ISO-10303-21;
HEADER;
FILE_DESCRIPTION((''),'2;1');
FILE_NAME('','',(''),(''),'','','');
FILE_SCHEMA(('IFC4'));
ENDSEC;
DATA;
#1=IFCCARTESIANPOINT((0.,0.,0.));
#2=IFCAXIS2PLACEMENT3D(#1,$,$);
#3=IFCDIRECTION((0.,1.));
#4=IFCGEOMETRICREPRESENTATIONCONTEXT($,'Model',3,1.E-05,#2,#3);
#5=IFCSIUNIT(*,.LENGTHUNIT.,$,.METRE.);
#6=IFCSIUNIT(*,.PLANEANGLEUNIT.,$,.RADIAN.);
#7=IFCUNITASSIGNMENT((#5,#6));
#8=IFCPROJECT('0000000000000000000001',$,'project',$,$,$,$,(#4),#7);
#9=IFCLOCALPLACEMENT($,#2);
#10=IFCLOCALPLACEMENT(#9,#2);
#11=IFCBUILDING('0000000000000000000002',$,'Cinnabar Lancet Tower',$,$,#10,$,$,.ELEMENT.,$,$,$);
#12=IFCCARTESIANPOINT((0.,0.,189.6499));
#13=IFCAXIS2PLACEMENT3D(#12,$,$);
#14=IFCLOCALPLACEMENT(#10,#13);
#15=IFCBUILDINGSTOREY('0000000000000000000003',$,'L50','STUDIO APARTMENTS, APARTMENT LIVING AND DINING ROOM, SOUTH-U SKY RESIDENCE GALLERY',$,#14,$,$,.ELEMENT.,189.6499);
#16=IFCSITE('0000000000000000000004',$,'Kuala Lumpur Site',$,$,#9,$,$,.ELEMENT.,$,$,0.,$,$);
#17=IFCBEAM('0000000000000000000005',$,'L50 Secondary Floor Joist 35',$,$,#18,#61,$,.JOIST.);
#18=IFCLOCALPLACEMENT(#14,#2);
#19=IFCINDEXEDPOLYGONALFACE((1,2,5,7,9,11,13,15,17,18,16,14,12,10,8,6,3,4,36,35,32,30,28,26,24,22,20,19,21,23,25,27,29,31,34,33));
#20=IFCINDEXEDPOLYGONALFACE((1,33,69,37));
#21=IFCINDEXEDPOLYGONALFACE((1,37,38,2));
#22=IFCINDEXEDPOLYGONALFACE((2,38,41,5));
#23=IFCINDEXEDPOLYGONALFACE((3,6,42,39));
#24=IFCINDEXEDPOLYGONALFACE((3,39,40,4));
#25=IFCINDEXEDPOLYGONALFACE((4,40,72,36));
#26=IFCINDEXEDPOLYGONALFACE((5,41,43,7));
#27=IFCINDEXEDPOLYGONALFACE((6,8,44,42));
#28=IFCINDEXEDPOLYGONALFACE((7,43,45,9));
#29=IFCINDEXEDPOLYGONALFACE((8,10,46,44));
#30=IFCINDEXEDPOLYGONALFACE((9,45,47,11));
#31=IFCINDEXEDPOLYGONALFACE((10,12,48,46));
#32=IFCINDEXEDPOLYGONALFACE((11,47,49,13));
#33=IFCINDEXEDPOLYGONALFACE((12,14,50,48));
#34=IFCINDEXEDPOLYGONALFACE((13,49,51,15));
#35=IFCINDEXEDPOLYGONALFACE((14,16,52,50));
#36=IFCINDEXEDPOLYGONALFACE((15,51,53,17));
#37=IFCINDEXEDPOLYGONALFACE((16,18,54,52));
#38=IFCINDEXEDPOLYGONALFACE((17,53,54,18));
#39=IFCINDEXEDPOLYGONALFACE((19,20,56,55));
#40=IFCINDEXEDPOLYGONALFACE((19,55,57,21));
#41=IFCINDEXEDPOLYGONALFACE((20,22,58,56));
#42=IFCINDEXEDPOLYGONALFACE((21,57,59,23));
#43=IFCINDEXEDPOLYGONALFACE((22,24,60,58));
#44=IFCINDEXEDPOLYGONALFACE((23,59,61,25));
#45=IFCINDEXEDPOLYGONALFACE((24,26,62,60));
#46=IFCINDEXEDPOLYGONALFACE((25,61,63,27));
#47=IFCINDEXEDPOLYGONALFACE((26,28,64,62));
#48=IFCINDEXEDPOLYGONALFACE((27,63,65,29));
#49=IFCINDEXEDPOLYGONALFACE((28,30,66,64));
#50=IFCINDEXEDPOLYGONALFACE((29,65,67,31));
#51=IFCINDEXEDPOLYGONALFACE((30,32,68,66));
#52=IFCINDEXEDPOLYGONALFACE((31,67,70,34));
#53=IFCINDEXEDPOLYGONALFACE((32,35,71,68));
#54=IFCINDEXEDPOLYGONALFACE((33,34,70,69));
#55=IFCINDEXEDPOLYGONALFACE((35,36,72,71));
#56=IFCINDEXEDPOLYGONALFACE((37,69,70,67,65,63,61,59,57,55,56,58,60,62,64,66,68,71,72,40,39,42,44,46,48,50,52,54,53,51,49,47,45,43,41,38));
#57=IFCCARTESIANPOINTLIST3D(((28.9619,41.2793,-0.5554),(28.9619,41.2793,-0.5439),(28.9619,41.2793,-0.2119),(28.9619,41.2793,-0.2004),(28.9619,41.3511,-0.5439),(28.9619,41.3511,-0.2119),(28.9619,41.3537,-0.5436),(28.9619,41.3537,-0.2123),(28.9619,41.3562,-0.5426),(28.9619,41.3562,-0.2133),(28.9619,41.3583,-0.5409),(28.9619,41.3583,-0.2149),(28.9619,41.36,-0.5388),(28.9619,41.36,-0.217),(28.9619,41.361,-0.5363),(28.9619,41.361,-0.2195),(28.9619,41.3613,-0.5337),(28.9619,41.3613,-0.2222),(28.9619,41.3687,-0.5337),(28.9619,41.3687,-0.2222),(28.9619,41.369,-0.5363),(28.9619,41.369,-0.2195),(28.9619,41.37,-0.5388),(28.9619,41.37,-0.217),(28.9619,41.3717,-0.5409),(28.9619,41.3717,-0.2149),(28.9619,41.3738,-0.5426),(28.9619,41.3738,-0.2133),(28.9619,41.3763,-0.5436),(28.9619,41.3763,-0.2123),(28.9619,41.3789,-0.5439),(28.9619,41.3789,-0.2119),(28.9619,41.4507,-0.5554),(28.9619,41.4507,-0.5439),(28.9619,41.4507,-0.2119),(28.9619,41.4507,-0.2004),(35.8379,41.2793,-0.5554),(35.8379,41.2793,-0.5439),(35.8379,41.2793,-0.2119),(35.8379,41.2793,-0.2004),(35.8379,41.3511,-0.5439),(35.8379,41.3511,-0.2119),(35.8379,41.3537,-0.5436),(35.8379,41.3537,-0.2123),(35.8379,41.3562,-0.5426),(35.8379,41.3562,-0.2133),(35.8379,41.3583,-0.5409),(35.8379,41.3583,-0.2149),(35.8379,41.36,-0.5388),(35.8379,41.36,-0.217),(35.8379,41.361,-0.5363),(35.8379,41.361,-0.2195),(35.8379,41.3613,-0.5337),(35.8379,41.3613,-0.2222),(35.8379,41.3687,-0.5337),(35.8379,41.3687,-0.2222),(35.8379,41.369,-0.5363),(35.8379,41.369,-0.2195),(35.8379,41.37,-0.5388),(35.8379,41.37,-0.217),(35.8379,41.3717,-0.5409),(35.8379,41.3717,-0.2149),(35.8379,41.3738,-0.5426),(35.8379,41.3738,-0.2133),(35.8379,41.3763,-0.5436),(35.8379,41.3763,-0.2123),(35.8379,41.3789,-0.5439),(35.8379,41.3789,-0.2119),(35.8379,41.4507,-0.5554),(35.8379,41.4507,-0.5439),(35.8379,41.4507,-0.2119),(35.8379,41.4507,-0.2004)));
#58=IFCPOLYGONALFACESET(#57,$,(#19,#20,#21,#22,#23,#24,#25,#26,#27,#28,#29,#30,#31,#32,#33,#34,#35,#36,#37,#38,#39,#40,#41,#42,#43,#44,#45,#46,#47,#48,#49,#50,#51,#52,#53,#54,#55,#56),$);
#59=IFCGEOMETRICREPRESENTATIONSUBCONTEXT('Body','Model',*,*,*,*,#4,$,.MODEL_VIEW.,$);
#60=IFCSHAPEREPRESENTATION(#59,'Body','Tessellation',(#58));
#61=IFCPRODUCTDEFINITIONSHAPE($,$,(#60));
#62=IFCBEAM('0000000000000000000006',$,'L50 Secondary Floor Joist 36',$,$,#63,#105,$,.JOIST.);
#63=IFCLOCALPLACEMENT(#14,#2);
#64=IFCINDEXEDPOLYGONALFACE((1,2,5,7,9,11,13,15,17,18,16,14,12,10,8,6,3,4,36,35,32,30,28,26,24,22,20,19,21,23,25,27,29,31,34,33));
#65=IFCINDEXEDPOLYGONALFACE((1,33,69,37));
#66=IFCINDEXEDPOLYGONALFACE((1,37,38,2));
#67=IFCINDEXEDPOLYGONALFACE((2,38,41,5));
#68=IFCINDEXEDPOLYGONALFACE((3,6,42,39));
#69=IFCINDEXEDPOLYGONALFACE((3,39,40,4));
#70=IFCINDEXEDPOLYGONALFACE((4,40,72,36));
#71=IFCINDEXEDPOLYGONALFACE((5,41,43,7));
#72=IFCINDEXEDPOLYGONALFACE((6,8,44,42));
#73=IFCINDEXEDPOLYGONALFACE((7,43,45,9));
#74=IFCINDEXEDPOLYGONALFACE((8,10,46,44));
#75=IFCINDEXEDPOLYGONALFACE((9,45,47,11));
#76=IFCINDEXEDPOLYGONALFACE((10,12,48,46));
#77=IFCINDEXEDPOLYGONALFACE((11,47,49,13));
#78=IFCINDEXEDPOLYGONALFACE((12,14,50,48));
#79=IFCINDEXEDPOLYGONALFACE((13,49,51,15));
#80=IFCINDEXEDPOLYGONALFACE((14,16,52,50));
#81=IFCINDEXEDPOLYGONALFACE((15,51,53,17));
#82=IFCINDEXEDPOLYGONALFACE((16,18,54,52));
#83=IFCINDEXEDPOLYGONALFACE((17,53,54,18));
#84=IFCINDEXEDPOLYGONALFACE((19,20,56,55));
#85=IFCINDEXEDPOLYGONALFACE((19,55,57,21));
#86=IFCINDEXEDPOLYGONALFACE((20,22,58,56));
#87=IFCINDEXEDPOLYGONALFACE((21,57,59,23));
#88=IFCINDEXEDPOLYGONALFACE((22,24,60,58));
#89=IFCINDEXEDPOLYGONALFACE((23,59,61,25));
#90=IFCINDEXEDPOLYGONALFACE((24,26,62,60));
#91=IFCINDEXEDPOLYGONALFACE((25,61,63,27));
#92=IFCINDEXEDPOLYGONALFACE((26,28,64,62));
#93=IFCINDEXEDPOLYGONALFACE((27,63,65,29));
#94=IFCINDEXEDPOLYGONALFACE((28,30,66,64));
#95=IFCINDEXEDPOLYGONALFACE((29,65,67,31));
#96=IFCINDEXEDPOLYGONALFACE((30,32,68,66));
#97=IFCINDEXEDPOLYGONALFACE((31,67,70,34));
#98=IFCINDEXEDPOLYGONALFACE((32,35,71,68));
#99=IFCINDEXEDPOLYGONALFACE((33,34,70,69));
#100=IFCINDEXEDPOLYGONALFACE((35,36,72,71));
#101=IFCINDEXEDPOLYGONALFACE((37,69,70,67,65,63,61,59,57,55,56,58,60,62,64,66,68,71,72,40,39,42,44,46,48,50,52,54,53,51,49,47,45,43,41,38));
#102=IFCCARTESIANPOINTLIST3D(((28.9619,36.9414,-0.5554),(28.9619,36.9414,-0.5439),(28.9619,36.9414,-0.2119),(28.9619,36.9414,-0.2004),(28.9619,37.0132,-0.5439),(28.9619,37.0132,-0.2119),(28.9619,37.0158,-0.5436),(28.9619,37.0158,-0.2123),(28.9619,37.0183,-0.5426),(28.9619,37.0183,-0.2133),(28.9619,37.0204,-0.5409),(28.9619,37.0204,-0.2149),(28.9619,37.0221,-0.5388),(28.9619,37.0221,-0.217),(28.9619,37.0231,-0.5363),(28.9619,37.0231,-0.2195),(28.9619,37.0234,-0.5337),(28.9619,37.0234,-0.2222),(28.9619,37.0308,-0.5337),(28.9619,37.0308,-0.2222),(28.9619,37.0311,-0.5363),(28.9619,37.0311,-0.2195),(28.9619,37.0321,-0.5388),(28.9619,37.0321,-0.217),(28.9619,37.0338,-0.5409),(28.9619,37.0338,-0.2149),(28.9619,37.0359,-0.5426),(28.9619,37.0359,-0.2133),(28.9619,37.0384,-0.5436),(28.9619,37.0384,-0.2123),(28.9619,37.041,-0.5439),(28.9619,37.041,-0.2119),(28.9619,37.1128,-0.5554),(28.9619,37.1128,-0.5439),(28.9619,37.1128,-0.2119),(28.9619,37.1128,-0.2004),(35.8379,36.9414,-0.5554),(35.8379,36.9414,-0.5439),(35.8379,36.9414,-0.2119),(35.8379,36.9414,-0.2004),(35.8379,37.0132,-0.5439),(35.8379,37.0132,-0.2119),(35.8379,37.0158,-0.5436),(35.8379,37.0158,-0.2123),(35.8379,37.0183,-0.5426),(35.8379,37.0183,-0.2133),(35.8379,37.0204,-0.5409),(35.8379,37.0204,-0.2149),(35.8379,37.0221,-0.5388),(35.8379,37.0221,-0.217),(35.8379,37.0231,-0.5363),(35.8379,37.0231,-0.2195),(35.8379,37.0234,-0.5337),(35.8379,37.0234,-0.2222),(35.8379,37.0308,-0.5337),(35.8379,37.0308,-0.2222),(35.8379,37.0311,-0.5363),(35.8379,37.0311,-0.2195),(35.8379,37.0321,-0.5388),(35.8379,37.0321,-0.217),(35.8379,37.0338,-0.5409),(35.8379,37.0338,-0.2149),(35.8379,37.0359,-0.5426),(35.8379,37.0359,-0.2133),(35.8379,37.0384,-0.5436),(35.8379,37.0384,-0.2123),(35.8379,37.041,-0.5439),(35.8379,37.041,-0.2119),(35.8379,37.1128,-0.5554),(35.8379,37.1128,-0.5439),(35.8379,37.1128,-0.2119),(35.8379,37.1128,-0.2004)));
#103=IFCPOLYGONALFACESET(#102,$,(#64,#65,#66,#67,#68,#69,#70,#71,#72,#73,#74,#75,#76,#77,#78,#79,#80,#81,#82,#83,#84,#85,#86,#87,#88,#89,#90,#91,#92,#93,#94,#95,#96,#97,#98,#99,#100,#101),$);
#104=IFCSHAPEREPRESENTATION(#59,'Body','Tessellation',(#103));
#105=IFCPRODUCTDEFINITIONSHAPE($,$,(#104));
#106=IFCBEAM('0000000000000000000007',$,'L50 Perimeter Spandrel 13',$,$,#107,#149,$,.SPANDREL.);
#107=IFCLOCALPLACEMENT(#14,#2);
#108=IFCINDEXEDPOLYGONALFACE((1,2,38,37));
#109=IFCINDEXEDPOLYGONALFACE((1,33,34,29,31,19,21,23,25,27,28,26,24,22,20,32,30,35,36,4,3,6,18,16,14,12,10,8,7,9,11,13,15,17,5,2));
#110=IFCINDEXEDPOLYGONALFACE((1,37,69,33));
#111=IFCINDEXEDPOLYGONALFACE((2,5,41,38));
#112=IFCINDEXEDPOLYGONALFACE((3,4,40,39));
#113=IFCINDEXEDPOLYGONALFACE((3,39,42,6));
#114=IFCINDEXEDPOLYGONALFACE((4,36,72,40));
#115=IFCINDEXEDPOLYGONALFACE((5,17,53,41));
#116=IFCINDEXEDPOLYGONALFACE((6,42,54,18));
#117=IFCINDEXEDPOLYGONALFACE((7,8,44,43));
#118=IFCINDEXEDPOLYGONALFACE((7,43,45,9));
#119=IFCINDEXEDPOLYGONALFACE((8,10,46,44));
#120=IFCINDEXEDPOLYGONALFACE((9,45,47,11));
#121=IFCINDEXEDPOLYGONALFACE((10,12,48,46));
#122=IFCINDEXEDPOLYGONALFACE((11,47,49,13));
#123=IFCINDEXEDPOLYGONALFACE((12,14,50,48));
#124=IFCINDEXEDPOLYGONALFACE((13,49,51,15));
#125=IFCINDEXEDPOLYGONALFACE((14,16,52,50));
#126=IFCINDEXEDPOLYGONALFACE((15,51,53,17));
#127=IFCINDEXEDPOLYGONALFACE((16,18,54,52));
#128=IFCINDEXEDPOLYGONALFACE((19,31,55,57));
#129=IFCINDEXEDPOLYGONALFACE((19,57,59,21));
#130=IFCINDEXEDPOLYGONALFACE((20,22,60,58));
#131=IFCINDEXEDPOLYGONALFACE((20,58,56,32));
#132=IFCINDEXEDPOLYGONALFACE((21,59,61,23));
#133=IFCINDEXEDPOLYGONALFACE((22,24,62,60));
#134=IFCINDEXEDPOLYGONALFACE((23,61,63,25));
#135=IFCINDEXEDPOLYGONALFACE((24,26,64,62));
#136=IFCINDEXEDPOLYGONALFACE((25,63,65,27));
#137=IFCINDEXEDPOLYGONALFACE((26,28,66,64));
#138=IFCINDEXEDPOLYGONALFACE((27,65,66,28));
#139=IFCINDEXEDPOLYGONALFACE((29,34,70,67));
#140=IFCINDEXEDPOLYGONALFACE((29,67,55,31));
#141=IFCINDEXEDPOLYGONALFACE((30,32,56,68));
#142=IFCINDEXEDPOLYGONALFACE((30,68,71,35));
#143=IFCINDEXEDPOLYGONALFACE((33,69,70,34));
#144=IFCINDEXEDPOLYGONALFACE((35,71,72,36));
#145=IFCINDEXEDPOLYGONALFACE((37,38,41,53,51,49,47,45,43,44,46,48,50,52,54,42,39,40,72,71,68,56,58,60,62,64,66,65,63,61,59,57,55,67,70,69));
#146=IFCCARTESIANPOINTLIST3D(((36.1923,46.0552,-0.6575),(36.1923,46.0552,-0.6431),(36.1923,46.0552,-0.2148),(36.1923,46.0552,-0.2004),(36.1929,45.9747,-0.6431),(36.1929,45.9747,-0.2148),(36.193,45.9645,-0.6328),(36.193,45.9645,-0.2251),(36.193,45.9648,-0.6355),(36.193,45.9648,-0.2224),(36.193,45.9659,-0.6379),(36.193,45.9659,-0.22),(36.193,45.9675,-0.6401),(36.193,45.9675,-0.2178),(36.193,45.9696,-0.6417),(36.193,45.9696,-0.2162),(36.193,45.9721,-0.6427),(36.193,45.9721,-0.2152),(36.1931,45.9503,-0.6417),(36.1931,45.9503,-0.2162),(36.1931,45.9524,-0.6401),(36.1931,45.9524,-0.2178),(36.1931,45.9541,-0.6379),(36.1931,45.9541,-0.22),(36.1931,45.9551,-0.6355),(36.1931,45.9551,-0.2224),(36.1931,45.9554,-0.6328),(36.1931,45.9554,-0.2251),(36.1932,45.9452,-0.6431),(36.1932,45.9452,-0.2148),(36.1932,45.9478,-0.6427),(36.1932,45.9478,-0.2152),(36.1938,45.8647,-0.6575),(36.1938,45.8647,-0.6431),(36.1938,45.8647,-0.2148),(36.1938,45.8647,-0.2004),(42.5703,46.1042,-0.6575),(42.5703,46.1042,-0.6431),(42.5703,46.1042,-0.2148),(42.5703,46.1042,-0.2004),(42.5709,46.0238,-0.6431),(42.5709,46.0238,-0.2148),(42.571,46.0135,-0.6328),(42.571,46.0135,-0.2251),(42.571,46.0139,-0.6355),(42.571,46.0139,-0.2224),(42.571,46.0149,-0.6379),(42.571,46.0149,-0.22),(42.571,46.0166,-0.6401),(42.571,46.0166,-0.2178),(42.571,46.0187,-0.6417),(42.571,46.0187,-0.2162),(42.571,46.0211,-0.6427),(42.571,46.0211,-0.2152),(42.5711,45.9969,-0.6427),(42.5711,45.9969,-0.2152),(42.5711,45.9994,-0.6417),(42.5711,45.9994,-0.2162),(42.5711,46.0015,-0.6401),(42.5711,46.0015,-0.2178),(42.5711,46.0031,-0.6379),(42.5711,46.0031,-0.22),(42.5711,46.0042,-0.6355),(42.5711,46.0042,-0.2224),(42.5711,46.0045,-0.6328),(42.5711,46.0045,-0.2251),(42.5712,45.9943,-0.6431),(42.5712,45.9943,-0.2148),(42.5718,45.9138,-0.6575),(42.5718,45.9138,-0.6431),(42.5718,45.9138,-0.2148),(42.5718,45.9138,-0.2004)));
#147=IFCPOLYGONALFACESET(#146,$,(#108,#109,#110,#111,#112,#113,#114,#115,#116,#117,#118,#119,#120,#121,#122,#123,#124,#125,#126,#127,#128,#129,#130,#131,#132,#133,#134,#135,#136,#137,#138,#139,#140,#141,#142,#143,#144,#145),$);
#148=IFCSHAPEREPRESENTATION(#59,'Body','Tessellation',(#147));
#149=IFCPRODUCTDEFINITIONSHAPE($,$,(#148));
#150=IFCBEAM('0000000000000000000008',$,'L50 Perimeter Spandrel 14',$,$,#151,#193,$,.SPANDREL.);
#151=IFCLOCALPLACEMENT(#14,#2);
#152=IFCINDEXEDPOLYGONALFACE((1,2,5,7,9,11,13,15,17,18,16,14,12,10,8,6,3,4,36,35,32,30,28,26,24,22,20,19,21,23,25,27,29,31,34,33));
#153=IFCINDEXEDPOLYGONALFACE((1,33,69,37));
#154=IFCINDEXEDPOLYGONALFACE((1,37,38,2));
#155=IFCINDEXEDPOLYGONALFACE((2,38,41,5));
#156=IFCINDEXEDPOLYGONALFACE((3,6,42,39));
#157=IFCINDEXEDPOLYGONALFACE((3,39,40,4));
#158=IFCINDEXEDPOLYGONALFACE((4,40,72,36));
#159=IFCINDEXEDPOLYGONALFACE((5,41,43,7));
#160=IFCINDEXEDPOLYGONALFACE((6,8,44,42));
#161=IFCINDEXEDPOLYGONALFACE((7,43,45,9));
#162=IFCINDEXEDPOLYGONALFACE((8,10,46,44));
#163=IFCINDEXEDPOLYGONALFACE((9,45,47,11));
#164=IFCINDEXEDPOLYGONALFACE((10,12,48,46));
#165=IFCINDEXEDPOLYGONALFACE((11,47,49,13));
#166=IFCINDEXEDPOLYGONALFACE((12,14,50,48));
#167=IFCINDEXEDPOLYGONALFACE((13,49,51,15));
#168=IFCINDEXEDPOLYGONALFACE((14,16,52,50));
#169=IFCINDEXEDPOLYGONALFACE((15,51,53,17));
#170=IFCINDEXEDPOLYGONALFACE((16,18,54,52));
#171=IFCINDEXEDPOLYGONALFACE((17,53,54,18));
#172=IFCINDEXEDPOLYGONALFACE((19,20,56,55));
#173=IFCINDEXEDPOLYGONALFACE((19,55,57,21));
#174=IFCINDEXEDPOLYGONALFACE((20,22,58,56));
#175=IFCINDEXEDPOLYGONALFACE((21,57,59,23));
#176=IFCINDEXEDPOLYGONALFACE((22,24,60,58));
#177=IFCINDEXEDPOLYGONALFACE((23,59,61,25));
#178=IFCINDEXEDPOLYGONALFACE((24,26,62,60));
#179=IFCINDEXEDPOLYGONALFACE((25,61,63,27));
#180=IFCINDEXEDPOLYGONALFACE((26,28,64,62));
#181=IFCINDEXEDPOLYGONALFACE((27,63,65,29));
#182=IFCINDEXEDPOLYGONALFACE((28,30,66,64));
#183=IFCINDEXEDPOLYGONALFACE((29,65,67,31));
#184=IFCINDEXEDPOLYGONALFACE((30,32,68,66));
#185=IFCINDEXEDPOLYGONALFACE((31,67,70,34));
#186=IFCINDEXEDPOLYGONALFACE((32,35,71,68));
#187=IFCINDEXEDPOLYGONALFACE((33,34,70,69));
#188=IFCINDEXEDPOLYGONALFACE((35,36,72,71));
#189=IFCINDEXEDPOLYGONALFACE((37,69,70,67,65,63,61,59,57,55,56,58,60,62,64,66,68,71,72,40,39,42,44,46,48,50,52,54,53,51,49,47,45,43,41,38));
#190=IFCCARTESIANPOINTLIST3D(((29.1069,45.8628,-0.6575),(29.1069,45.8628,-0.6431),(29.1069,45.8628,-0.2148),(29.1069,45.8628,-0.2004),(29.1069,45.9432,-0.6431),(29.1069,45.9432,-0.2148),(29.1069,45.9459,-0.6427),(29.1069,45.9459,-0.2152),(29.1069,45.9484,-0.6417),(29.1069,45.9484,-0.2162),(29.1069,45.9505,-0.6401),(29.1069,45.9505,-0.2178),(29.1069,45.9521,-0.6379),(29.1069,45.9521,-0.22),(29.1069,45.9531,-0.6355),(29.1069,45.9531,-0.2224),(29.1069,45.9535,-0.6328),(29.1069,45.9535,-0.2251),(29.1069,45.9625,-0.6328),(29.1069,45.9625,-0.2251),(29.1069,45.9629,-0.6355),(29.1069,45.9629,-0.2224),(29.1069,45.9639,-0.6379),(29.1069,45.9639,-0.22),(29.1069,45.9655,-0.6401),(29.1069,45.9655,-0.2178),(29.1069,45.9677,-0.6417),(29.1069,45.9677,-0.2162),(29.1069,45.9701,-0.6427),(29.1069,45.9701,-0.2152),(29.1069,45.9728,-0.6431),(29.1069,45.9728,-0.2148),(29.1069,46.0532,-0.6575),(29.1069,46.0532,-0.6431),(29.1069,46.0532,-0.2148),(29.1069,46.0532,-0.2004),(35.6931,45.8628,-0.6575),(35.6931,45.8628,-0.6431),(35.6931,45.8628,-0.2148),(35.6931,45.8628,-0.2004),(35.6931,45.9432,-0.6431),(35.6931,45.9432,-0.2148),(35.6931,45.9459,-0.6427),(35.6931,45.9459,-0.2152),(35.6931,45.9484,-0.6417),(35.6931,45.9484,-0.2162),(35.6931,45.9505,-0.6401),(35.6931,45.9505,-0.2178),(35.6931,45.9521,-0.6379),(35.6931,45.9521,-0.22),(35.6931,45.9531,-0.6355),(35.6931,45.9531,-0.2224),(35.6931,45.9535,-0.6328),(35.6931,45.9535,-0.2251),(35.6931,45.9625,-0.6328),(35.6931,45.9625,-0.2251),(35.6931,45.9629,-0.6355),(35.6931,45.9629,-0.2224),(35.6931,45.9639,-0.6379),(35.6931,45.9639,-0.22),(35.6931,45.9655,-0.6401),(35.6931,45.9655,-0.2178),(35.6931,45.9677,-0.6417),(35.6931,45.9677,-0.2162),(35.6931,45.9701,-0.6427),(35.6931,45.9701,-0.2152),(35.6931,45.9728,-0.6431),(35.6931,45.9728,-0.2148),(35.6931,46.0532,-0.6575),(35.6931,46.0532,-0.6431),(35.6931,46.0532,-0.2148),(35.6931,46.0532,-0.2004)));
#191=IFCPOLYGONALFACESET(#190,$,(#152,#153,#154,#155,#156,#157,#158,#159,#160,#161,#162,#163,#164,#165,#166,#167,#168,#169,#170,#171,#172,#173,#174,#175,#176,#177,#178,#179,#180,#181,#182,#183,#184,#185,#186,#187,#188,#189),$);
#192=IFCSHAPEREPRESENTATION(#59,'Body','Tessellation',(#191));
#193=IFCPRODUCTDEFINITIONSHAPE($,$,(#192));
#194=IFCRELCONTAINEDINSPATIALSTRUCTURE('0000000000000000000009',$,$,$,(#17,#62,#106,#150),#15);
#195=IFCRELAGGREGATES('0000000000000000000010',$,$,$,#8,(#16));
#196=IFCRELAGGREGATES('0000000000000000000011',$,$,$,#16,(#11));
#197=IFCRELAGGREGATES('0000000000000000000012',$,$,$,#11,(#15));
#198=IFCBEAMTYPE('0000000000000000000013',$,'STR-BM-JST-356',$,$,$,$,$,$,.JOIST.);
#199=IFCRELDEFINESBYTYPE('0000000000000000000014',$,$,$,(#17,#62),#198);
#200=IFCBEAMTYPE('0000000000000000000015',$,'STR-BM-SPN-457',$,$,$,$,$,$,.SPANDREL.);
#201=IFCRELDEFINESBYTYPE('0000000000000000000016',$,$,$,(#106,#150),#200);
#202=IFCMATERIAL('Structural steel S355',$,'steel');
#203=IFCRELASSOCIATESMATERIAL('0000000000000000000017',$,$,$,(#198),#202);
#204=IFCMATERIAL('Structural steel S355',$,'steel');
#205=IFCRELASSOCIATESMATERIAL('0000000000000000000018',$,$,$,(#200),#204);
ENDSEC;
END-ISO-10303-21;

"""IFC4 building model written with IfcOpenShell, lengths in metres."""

from ifc_helpers import new_model, si_unit, direction, frame, origin, origin_2d, place, context, subcontext, project, spatial, i_section, extrude, material, material_profile, profile_set, type_object, element, save


model = new_model("IFC4")

# Units and contexts
model_context = context("Model", 3, precision=1e-05, world=origin(), true_north=direction((0.0, 1.0)))
body_context = subcontext(model_context, "Body", "Model", "MODEL_VIEW")
ifc_project = project(units=[si_unit("LENGTHUNIT", "METRE"), si_unit("PLANEANGLEUNIT", "RADIAN")], contexts=[model_context])

# Site, building, storey
site_placement = place(None, origin())
site = spatial("IfcSite", under=ifc_project, at=site_placement, Name="Kuala Lumpur Site", CompositionType="ELEMENT", RefElevation=0.0)
building_placement = place(site_placement, origin())
building = spatial("IfcBuilding", under=site, at=building_placement, Name="Cinnabar Lancet Tower", CompositionType="ELEMENT")
storey_placement = place(building_placement, frame((0.0, 0.0, 189.6499)))
storey = spatial("IfcBuildingStorey", under=building, at=storey_placement, Name="L50", Description="STUDIO APARTMENTS, APARTMENT LIVING AND DINING ROOM, SOUTH-U SKY RESIDENCE GALLERY", CompositionType="ELEMENT", Elevation=189.6499)

# Beams
ifc_material_1 = material(Name="Structural steel S355", Category="steel")
ifc_material_profile_1 = material_profile(ifc_material_1, i_section(OverallWidth=0.1714, OverallDepth=0.355, WebThickness=0.0073, FlangeThickness=0.0115, FilletRadius=0.0103, at=origin_2d()), Name="UKB 356x171x51")
ifc_profile_set_1 = profile_set([ifc_material_profile_1], Name="Structural steel S355")
beam_type_1 = type_object("IfcBeamType", Name="STR-BM-JST-356", PredefinedType="JOIST", material=ifc_profile_set_1)
for number, where, z_axis, x_axis, name in (
    (1, (35.8379, 41.365, -0.3779), (-1.0, 0.0, 0.0), (0.0, -1.0, 0.0), "L50 Secondary Floor Joist 35"),
    (2, (35.8379, 37.0271, -0.3779), (-1.0, 0.0, 0.0), (0.0, -1.0, 0.0), "L50 Secondary Floor Joist 36"),
):
    element("IfcBeam", number, at=place(storey_placement, frame(where, z_axis=z_axis, x_axis=x_axis)), inside=storey, type_object=beam_type_1, Name=name, PredefinedType="JOIST", context=body_context, shape_type="SweptSolid", body=[
        extrude(i_section(OverallWidth=0.1714, OverallDepth=0.355, WebThickness=0.0073, FlangeThickness=0.0115, FilletRadius=0.0103, at=origin_2d()), origin(), (0.0, 0.0, 1.0), 6.876),
    ])
ifc_material_2 = material(Name="Structural steel S355", Category="steel")
ifc_material_profile_2 = material_profile(ifc_material_2, i_section(OverallWidth=0.1904, OverallDepth=0.457, WebThickness=0.009, FlangeThickness=0.0144, FilletRadius=0.0103, at=origin_2d()), Name="UKB 457x191x74")
ifc_profile_set_2 = profile_set([ifc_material_profile_2], Name="Structural steel S355")
beam_type_2 = type_object("IfcBeamType", Name="STR-BM-SPN-457", PredefinedType="SPANDREL", material=ifc_profile_set_2)
beam_1_placement = place(storey_placement, frame((42.571, 46.009, -0.429), z_axis=(-0.99997, -0.007694, 0.0), x_axis=(0.007694, -0.99997, 0.0)))
element("IfcBeam", 3, at=beam_1_placement, inside=storey, type_object=beam_type_2, Name="L50 Perimeter Spandrel 13", PredefinedType="SPANDREL", context=body_context, shape_type="SweptSolid", body=[
    extrude(i_section(OverallWidth=0.1904, OverallDepth=0.457, WebThickness=0.009, FlangeThickness=0.0144, FilletRadius=0.0103, at=origin_2d()), origin(), (0.0, 0.0, 1.0), 6.3782),
])
beam_2_placement = place(storey_placement, frame((35.6931, 45.958, -0.429), z_axis=(-1.0, 0.0, 0.0), x_axis=(0.0, -1.0, 0.0)))
element("IfcBeam", 4, at=beam_2_placement, inside=storey, type_object=beam_type_2, Name="L50 Perimeter Spandrel 14", PredefinedType="SPANDREL", context=body_context, shape_type="SweptSolid", body=[
    extrude(i_section(OverallWidth=0.1904, OverallDepth=0.457, WebThickness=0.009, FlangeThickness=0.0144, FilletRadius=0.0103, at=origin_2d()), origin(), (0.0, 0.0, 1.0), 6.5862),
])

save(model, "model.ifc")
